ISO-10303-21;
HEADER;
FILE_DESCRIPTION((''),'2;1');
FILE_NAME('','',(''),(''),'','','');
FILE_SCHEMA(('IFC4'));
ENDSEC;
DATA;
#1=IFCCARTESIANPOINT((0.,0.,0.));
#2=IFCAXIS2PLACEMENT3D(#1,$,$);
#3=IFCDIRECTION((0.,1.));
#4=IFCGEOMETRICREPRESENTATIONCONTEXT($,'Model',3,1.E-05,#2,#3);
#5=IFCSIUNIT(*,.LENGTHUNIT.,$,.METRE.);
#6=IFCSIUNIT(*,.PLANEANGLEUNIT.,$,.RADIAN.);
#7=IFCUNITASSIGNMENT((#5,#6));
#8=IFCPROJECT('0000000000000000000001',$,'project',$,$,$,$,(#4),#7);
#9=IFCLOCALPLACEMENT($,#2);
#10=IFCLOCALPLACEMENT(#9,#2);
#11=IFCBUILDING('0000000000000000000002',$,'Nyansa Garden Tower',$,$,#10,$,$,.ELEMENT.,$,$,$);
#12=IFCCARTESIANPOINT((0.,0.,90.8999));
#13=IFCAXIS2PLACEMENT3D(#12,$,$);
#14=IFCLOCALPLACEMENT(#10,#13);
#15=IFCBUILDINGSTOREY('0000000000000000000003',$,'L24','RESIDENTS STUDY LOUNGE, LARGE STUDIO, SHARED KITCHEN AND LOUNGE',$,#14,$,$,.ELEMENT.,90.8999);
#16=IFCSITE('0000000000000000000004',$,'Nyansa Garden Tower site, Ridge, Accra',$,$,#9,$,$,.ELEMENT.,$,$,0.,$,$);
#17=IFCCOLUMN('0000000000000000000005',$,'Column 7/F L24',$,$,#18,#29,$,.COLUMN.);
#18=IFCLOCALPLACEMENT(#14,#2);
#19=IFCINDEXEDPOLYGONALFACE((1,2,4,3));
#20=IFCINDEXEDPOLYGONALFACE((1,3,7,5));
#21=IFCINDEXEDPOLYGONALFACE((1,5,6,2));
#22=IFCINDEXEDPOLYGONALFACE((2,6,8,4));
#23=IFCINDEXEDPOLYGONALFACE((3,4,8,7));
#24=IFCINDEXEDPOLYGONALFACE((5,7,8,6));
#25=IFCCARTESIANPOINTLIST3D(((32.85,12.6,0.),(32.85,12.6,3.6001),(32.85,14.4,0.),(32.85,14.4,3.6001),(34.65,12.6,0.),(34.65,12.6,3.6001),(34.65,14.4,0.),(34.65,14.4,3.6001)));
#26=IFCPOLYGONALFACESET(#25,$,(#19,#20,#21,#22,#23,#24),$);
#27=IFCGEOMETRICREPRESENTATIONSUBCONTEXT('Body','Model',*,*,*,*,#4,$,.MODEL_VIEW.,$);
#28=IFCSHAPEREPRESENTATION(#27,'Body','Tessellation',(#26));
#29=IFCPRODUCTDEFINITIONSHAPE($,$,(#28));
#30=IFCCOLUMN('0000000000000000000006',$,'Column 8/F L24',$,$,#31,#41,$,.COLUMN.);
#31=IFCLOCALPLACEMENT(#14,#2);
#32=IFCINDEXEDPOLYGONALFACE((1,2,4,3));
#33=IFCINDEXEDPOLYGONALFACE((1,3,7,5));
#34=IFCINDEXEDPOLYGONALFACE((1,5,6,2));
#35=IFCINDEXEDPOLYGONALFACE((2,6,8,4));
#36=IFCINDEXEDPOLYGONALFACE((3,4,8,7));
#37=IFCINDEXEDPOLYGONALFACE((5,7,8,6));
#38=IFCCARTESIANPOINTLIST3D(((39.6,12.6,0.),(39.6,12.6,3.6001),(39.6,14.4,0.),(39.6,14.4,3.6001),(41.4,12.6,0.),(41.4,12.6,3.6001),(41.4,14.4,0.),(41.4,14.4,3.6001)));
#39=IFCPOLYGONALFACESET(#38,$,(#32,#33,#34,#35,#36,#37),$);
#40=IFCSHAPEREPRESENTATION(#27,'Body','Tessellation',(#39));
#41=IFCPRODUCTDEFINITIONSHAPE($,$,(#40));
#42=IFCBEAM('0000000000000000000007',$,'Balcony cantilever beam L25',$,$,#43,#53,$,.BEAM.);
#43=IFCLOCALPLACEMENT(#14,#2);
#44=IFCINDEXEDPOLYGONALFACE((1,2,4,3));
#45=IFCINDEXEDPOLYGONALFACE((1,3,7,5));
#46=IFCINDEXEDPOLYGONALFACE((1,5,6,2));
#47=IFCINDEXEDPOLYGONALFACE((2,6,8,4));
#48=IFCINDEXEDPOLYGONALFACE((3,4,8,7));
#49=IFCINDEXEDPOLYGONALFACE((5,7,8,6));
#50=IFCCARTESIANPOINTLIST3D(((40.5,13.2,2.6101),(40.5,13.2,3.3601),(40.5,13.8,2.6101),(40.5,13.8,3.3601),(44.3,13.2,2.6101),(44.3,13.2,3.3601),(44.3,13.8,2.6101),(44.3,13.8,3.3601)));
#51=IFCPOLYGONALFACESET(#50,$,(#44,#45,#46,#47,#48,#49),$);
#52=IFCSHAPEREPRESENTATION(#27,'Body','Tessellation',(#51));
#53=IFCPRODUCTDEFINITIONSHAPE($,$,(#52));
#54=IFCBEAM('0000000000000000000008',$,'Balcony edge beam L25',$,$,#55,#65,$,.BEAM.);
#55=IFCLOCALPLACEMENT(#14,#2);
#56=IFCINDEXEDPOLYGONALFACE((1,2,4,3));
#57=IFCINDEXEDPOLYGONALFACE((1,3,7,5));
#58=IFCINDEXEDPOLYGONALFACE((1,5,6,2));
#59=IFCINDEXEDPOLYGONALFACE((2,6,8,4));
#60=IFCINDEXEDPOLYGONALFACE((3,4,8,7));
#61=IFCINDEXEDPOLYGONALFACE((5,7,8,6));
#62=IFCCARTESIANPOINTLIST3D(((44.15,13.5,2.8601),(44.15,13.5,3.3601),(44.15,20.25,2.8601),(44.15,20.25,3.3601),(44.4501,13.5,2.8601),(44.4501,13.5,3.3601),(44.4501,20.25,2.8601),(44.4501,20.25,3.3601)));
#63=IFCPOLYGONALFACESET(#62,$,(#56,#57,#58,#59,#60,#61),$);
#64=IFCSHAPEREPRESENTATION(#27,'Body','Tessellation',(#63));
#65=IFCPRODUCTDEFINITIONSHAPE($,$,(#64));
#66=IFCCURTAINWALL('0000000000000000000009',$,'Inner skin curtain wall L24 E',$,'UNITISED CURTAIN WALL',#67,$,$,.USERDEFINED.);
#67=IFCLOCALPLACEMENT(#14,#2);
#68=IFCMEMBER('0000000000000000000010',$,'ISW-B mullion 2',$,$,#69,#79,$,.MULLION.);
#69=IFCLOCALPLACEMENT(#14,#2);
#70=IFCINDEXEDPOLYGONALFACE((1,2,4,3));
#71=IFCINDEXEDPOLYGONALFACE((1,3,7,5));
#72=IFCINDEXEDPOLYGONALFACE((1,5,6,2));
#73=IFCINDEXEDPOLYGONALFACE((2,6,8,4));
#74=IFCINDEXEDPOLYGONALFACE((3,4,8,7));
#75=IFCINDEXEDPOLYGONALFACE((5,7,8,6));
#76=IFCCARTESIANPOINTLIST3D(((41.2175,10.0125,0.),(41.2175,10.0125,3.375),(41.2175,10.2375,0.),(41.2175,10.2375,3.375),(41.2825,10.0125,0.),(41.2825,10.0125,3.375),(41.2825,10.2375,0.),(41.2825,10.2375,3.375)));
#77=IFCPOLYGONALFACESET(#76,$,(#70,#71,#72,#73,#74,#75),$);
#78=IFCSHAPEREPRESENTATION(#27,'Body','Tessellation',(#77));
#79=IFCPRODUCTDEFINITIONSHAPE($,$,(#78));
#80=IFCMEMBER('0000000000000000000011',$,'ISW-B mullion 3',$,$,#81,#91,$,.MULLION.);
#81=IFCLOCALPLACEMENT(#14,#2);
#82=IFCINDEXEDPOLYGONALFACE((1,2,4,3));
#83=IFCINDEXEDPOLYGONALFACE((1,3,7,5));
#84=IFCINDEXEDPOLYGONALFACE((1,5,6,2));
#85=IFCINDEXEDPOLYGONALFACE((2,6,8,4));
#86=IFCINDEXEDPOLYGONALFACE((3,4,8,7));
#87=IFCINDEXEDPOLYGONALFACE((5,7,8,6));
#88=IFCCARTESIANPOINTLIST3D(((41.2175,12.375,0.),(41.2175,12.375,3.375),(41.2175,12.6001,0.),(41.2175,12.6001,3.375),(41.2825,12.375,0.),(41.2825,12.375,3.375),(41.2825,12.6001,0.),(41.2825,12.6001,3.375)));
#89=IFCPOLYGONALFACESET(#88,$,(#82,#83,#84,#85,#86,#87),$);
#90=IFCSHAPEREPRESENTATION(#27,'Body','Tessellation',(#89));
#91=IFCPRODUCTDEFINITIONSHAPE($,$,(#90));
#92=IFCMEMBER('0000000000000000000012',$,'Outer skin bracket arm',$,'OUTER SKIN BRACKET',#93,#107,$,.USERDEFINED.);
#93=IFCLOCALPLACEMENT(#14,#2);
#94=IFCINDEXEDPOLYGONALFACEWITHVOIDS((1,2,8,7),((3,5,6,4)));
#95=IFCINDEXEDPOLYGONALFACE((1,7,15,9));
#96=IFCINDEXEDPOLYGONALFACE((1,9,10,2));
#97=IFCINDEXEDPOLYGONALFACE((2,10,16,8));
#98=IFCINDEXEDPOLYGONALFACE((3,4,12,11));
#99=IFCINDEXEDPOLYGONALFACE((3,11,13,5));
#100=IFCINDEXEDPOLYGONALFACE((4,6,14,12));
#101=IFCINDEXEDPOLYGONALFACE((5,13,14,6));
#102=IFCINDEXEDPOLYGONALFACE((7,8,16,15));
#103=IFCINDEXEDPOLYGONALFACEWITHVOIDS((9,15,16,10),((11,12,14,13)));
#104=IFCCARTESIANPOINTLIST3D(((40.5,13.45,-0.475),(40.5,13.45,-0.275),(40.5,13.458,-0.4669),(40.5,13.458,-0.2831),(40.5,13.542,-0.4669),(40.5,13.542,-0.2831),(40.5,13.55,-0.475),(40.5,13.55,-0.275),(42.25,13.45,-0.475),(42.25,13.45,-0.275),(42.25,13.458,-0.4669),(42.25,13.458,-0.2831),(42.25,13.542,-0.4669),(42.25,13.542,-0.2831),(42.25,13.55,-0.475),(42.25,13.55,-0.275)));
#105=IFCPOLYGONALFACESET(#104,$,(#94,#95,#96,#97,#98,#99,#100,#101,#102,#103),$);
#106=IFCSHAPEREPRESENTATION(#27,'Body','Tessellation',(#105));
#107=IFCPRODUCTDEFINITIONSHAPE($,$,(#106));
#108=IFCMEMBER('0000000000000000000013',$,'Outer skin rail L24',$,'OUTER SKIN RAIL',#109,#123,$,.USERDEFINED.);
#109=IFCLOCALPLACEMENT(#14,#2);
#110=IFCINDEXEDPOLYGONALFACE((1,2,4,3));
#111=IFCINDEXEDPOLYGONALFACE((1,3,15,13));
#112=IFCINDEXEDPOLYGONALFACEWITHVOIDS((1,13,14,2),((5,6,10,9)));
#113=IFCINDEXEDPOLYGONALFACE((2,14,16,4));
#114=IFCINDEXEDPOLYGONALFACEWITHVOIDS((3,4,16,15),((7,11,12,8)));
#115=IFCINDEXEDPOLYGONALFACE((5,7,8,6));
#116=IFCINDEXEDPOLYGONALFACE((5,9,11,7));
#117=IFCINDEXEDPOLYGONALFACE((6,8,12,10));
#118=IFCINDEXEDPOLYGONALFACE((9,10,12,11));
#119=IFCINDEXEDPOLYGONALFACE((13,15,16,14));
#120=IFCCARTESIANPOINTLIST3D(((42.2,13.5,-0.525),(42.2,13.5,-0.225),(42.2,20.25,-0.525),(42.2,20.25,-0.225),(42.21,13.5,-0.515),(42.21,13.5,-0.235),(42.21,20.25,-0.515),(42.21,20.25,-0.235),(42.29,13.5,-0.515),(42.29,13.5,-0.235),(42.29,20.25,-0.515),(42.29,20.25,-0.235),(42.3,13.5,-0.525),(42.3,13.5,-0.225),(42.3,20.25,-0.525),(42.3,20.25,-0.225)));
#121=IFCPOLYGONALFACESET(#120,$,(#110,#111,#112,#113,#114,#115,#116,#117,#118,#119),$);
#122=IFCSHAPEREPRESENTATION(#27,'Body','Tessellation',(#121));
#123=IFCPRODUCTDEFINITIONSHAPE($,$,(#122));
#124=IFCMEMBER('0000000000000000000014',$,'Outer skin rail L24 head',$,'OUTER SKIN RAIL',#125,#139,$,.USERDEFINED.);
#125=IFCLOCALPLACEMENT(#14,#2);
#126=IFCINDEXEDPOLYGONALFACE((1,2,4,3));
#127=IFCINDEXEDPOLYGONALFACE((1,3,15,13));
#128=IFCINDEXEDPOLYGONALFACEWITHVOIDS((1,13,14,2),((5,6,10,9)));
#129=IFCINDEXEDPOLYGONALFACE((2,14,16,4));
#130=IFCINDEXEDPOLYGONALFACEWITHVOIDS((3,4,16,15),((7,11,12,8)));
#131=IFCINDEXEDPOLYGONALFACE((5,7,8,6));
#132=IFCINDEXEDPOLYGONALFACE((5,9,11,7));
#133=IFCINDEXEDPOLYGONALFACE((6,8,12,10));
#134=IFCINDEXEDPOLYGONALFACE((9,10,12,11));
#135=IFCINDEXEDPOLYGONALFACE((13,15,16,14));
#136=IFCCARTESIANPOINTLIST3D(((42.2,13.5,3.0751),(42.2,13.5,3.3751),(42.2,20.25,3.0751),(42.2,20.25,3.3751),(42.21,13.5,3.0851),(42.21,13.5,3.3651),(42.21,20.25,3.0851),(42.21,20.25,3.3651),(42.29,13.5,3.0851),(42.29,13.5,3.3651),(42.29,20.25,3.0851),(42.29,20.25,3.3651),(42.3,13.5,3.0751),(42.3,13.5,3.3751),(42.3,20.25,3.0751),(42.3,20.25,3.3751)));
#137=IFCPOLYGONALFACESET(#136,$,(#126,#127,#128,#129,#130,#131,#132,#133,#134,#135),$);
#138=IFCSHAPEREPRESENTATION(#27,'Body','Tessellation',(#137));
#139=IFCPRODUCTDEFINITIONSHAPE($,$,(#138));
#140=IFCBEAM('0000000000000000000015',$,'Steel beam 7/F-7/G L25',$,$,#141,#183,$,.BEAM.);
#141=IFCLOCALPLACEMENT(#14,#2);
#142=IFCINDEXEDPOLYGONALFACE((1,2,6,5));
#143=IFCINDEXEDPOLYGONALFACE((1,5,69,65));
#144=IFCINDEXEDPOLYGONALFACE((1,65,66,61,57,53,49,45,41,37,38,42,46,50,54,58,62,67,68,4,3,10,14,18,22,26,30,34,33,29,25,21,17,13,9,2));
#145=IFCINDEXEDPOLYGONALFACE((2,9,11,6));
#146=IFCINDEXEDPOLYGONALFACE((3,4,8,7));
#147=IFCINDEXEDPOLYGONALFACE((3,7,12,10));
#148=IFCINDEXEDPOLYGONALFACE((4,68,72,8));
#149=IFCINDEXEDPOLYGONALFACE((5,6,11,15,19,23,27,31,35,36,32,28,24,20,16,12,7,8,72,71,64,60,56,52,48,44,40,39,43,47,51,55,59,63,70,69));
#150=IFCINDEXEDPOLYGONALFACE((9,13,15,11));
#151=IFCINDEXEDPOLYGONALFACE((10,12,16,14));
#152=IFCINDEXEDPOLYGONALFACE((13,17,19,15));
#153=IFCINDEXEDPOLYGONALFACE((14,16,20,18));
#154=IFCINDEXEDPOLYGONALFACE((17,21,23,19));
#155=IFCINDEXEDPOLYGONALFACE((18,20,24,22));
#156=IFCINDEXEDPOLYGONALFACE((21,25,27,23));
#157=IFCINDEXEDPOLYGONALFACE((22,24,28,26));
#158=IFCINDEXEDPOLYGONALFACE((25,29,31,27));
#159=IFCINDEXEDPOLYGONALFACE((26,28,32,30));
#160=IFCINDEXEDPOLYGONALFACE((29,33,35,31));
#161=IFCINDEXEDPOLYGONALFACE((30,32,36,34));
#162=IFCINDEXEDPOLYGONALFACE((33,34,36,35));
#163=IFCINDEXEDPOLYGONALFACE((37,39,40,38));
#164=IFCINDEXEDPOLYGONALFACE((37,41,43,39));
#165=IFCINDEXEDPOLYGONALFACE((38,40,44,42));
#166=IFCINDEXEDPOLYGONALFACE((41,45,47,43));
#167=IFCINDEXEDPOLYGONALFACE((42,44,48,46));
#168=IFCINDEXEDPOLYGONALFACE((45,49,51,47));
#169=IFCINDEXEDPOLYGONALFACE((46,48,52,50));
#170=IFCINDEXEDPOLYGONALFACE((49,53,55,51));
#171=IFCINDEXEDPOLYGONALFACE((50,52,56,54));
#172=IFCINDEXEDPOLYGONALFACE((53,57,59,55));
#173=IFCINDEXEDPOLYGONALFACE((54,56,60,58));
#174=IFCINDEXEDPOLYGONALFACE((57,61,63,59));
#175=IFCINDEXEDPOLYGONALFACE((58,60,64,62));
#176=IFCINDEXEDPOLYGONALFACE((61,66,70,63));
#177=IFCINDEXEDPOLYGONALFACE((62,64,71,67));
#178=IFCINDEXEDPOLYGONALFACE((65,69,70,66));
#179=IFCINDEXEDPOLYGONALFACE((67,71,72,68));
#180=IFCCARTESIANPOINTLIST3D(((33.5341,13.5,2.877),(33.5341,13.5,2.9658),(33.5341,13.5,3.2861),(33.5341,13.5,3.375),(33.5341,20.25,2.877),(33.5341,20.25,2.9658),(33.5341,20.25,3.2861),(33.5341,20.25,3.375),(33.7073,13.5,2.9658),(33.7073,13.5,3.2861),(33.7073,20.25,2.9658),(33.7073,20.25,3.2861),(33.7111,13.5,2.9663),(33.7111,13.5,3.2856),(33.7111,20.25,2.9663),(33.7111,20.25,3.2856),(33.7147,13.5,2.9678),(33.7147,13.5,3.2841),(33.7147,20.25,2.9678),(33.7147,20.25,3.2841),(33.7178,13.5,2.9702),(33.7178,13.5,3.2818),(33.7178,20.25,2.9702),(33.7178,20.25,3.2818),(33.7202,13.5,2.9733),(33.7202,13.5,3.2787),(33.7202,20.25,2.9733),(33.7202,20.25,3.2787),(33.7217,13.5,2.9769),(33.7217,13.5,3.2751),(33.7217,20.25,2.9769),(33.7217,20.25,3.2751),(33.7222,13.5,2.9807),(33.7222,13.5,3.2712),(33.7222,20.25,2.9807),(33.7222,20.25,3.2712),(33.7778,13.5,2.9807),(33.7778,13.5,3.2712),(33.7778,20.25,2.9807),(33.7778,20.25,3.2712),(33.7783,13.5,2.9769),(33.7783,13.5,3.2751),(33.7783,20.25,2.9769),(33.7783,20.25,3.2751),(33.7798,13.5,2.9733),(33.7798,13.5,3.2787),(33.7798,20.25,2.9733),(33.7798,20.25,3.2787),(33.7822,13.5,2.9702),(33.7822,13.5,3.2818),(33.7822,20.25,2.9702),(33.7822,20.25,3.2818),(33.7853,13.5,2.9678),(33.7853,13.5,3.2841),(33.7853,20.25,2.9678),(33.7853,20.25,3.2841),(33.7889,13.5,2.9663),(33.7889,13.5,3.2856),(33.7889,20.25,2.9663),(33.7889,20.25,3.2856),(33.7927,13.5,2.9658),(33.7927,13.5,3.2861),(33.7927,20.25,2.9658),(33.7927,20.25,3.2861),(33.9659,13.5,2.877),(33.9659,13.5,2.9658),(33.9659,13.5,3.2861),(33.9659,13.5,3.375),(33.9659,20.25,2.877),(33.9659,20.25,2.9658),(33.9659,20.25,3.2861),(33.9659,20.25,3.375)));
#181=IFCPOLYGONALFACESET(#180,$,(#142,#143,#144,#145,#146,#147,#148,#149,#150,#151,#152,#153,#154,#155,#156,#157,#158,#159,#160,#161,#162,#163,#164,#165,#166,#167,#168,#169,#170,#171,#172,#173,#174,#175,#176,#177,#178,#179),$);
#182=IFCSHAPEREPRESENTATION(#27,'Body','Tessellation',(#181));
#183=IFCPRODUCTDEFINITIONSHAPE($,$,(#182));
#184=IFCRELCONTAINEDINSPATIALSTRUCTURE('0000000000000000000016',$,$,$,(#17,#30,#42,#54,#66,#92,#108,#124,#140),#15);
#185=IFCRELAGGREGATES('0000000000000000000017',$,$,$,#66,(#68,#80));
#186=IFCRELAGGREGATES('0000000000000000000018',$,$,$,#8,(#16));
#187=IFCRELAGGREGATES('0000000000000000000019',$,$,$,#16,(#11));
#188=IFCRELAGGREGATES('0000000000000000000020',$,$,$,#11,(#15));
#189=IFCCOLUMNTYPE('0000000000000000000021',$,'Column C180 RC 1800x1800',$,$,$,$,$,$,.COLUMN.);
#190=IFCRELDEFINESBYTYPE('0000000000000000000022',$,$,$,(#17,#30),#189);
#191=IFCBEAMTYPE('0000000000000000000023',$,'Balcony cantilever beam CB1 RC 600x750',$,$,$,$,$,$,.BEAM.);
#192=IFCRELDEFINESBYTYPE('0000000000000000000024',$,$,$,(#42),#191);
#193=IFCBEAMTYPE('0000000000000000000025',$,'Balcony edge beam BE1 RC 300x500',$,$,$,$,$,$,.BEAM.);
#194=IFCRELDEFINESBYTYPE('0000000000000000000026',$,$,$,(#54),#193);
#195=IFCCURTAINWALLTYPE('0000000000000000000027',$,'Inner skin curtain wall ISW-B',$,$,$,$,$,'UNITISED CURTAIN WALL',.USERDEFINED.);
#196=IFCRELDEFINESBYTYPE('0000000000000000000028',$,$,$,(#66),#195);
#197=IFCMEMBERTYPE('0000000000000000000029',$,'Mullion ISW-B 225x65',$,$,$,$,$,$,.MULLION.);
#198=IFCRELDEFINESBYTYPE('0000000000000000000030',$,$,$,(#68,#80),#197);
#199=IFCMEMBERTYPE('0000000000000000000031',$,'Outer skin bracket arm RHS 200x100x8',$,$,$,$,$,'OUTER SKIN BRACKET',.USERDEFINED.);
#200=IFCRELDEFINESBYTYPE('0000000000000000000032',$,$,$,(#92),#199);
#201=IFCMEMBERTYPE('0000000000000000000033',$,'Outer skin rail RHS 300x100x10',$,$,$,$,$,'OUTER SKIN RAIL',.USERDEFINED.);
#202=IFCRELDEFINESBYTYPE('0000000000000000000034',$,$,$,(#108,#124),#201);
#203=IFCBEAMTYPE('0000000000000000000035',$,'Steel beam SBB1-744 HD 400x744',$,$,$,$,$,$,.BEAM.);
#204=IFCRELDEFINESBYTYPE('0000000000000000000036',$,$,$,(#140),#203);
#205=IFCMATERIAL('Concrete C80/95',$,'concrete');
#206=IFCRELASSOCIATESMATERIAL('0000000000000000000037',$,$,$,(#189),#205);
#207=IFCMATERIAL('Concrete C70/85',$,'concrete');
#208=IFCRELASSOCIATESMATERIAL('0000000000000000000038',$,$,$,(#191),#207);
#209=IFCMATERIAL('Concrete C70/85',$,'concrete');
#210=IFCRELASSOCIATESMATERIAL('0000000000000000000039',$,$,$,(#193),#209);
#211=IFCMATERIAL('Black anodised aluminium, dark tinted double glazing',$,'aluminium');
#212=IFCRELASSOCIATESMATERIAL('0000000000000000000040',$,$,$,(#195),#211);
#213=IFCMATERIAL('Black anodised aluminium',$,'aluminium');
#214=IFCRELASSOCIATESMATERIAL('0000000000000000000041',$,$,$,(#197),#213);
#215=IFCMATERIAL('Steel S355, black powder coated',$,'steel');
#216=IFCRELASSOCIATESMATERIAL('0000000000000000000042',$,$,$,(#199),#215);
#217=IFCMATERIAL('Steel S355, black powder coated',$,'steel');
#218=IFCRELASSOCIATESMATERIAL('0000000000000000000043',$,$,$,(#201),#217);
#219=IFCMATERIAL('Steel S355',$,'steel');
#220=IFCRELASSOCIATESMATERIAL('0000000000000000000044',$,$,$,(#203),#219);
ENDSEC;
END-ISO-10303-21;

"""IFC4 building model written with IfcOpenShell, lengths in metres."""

from ifc_helpers import new_model, si_unit, direction, frame, origin, origin_2d, place, context, subcontext, project, spatial, rectangle, hollow_rectangle, i_section, extrude, material, material_profile, profile_set, type_object, element, aggregate, save


model = new_model("IFC4")

# Units and contexts
model_context = context("Model", 3, precision=1e-05, world=origin(), true_north=direction((0.0, 1.0)))
body_context = subcontext(model_context, "Body", "Model", "MODEL_VIEW")
ifc_project = project(units=[si_unit("LENGTHUNIT", "METRE"), si_unit("PLANEANGLEUNIT", "RADIAN")], contexts=[model_context])

# Site, building, storey
site_placement = place(None, origin())
site = spatial("IfcSite", under=ifc_project, at=site_placement, Name="Nyansa Garden Tower site, Ridge, Accra", CompositionType="ELEMENT", RefElevation=0.0)
building_placement = place(site_placement, origin())
building = spatial("IfcBuilding", under=site, at=building_placement, Name="Nyansa Garden Tower", CompositionType="ELEMENT")
storey_placement = place(building_placement, frame((0.0, 0.0, 90.8999)))
storey = spatial("IfcBuildingStorey", under=building, at=storey_placement, Name="L24", Description="RESIDENTS STUDY LOUNGE, LARGE STUDIO, SHARED KITCHEN AND LOUNGE", CompositionType="ELEMENT", Elevation=90.8999)

# Columns
ifc_material_1 = material(Name="Concrete C80/95", Category="concrete")
ifc_material_profile_1 = material_profile(ifc_material_1, rectangle(XDim=1.8, YDim=1.8, at=origin_2d()), Name="RC 1800x1800")
ifc_profile_set_1 = profile_set([ifc_material_profile_1], Name="Concrete C80/95")
column_type = type_object("IfcColumnType", Name="Column C180 RC 1800x1800", PredefinedType="COLUMN", material=ifc_profile_set_1)
for number, where, z_axis, x_axis, name in (
    (1, (33.75, 13.5, 0.0), (0.0, 0.0, 1.0), (1.0, 0.0, 0.0), "Column 7/F L24"),
    (2, (40.5, 13.5, 0.0), (0.0, 0.0, 1.0), (1.0, 0.0, 0.0), "Column 8/F L24"),
):
    element("IfcColumn", number, at=place(storey_placement, frame(where, z_axis=z_axis, x_axis=x_axis)), inside=storey, type_object=column_type, Name=name, PredefinedType="COLUMN", context=body_context, shape_type="SweptSolid", body=[
        extrude(rectangle(XDim=1.8, YDim=1.8, at=origin_2d()), origin(), (0.0, 0.0, 1.0), 3.6001),
    ])

# Beams
ifc_material_2 = material(Name="Concrete C70/85", Category="concrete")
ifc_material_profile_2 = material_profile(ifc_material_2, rectangle(XDim=0.6001, YDim=0.75, at=origin_2d()), Name="RC 600x750")
ifc_profile_set_2 = profile_set([ifc_material_profile_2], Name="Concrete C70/85")
beam_type_1 = type_object("IfcBeamType", Name="Balcony cantilever beam CB1 RC 600x750", PredefinedType="BEAM", material=ifc_profile_set_2)
beam_1_placement = place(storey_placement, frame((40.5, 13.5, 2.9851), z_axis=(1.0, 0.0, 0.0), x_axis=(0.0, 1.0, 0.0)))
element("IfcBeam", 3, at=beam_1_placement, inside=storey, type_object=beam_type_1, Name="Balcony cantilever beam L25", PredefinedType="BEAM", context=body_context, shape_type="SweptSolid", body=[
    extrude(rectangle(XDim=0.6001, YDim=0.75, at=origin_2d()), origin(), (0.0, 0.0, 1.0), 3.8),
])
ifc_material_3 = material(Name="Concrete C70/85", Category="concrete")
ifc_material_profile_3 = material_profile(ifc_material_3, rectangle(XDim=0.3, YDim=0.5, at=origin_2d()), Name="RC 300x500")
ifc_profile_set_3 = profile_set([ifc_material_profile_3], Name="Concrete C70/85")
beam_type_2 = type_object("IfcBeamType", Name="Balcony edge beam BE1 RC 300x500", PredefinedType="BEAM", material=ifc_profile_set_3)
beam_2_placement = place(storey_placement, frame((44.3, 13.5, 3.1101), z_axis=(0.0, 1.0, 0.0), x_axis=(-1.0, 0.0, 0.0)))
element("IfcBeam", 4, at=beam_2_placement, inside=storey, type_object=beam_type_2, Name="Balcony edge beam L25", PredefinedType="BEAM", context=body_context, shape_type="SweptSolid", body=[
    extrude(rectangle(XDim=0.3, YDim=0.5, at=origin_2d()), origin(), (0.0, 0.0, 1.0), 6.75),
])

# Curtain wall, members
ifc_material_4 = material(Name="Black anodised aluminium, dark tinted double glazing", Category="aluminium")
curtain_wall_type = type_object("IfcCurtainWallType", Name="Inner skin curtain wall ISW-B", ElementType="UNITISED CURTAIN WALL", PredefinedType="USERDEFINED", material=ifc_material_4)
curtain_wall_placement = place(storey_placement, origin())
curtain_wall = element("IfcCurtainWall", 5, at=curtain_wall_placement, inside=storey, type_object=curtain_wall_type, Name="Inner skin curtain wall L24 E", ObjectType="UNITISED CURTAIN WALL", PredefinedType="USERDEFINED")
ifc_material_5 = material(Name="Black anodised aluminium", Category="aluminium")
ifc_material_profile_4 = material_profile(ifc_material_5, rectangle(XDim=0.0649, YDim=0.2251, at=origin_2d()), Name="Mullion 225x65")
ifc_profile_set_4 = profile_set([ifc_material_profile_4], Name="Black anodised aluminium")
member_type_1 = type_object("IfcMemberType", Name="Mullion ISW-B 225x65", PredefinedType="MULLION", material=ifc_profile_set_4)
member_1_placement = place(storey_placement, frame((41.25, 10.125, 0.0), z_axis=(0.0, 0.0, 1.0), x_axis=(-1.0, 0.0, 0.0)))
member_1 = element("IfcMember", 6, at=member_1_placement, type_object=member_type_1, Name="ISW-B mullion 2", PredefinedType="MULLION", context=body_context, shape_type="SweptSolid", body=[
    extrude(rectangle(XDim=0.0649, YDim=0.2251, at=origin_2d()), origin(), (0.0, 0.0, 1.0), 3.375),
])
member_2_placement = place(storey_placement, frame((41.25, 12.4875, 0.0), z_axis=(0.0, 0.0, 1.0), x_axis=(-1.0, 0.0, 0.0)))
member_2 = element("IfcMember", 7, at=member_2_placement, type_object=member_type_1, Name="ISW-B mullion 3", PredefinedType="MULLION", context=body_context, shape_type="SweptSolid", body=[
    extrude(rectangle(XDim=0.0649, YDim=0.2251, at=origin_2d()), origin(), (0.0, 0.0, 1.0), 3.375),
])

# Members
ifc_material_6 = material(Name="Steel S355, black powder coated", Category="steel")
ifc_material_profile_5 = material_profile(ifc_material_6, hollow_rectangle(XDim=0.1001, YDim=0.2, WallThickness=0.0081, at=origin_2d()), Name="RHS 200x100x8")
ifc_profile_set_5 = profile_set([ifc_material_profile_5], Name="Steel S355, black powder coated")
member_type_2 = type_object("IfcMemberType", Name="Outer skin bracket arm RHS 200x100x8", ElementType="OUTER SKIN BRACKET", PredefinedType="USERDEFINED", material=ifc_profile_set_5)
member_3_placement = place(storey_placement, frame((40.5, 13.5, -0.375), z_axis=(1.0, 0.0, 0.0), x_axis=(0.0, 1.0, 0.0)))
element("IfcMember", 8, at=member_3_placement, inside=storey, type_object=member_type_2, Name="Outer skin bracket arm", ObjectType="OUTER SKIN BRACKET", PredefinedType="USERDEFINED", context=body_context, shape_type="SweptSolid", body=[
    extrude(hollow_rectangle(XDim=0.1001, YDim=0.2, WallThickness=0.0081, at=origin_2d()), origin(), (0.0, 0.0, 1.0), 1.75),
])
ifc_material_7 = material(Name="Steel S355, black powder coated", Category="steel")
ifc_material_profile_6 = material_profile(ifc_material_7, hollow_rectangle(XDim=0.1001, YDim=0.3, WallThickness=0.01, at=origin_2d()), Name="RHS 300x100x10")
ifc_profile_set_6 = profile_set([ifc_material_profile_6], Name="Steel S355, black powder coated")
member_type_3 = type_object("IfcMemberType", Name="Outer skin rail RHS 300x100x10", ElementType="OUTER SKIN RAIL", PredefinedType="USERDEFINED", material=ifc_profile_set_6)
for number, where, z_axis, x_axis, name in (
    (9, (42.25, 13.5, -0.375), (0.0, 1.0, 0.0), (-1.0, 0.0, 0.0), "Outer skin rail L24"),
    (10, (42.25, 13.5, 3.2251), (0.0, 1.0, 0.0), (-1.0, 0.0, 0.0), "Outer skin rail L24 head"),
):
    element("IfcMember", number, at=place(storey_placement, frame(where, z_axis=z_axis, x_axis=x_axis)), inside=storey, type_object=member_type_3, Name=name, ObjectType="OUTER SKIN RAIL", PredefinedType="USERDEFINED", context=body_context, shape_type="SweptSolid", body=[
        extrude(hollow_rectangle(XDim=0.1001, YDim=0.3, WallThickness=0.01, at=origin_2d()), origin(), (0.0, 0.0, 1.0), 6.75),
    ])

# Beam
ifc_material_8 = material(Name="Steel S355", Category="steel")
ifc_material_profile_7 = material_profile(ifc_material_8, i_section(OverallWidth=0.4319, OverallDepth=0.498, WebThickness=0.0557, FlangeThickness=0.0889, FilletRadius=0.0149, at=origin_2d()), Name="HD 400x744")
ifc_profile_set_7 = profile_set([ifc_material_profile_7], Name="Steel S355")
beam_type_3 = type_object("IfcBeamType", Name="Steel beam SBB1-744 HD 400x744", PredefinedType="BEAM", material=ifc_profile_set_7)
for number, where, z_axis, x_axis, name in (
    (11, (33.75, 13.5, 3.126), (0.0, 1.0, 0.0), (-1.0, 0.0, 0.0), "Steel beam 7/F-7/G L25"),
):
    element("IfcBeam", number, at=place(storey_placement, frame(where, z_axis=z_axis, x_axis=x_axis)), inside=storey, type_object=beam_type_3, Name=name, PredefinedType="BEAM", context=body_context, shape_type="SweptSolid", body=[
        extrude(i_section(OverallWidth=0.4319, OverallDepth=0.498, WebThickness=0.0557, FlangeThickness=0.0889, FilletRadius=0.0149, at=origin_2d()), origin(), (0.0, 0.0, 1.0), 6.75),
    ])

aggregate(curtain_wall, [member_1, member_2])

save(model, "model.ifc")
